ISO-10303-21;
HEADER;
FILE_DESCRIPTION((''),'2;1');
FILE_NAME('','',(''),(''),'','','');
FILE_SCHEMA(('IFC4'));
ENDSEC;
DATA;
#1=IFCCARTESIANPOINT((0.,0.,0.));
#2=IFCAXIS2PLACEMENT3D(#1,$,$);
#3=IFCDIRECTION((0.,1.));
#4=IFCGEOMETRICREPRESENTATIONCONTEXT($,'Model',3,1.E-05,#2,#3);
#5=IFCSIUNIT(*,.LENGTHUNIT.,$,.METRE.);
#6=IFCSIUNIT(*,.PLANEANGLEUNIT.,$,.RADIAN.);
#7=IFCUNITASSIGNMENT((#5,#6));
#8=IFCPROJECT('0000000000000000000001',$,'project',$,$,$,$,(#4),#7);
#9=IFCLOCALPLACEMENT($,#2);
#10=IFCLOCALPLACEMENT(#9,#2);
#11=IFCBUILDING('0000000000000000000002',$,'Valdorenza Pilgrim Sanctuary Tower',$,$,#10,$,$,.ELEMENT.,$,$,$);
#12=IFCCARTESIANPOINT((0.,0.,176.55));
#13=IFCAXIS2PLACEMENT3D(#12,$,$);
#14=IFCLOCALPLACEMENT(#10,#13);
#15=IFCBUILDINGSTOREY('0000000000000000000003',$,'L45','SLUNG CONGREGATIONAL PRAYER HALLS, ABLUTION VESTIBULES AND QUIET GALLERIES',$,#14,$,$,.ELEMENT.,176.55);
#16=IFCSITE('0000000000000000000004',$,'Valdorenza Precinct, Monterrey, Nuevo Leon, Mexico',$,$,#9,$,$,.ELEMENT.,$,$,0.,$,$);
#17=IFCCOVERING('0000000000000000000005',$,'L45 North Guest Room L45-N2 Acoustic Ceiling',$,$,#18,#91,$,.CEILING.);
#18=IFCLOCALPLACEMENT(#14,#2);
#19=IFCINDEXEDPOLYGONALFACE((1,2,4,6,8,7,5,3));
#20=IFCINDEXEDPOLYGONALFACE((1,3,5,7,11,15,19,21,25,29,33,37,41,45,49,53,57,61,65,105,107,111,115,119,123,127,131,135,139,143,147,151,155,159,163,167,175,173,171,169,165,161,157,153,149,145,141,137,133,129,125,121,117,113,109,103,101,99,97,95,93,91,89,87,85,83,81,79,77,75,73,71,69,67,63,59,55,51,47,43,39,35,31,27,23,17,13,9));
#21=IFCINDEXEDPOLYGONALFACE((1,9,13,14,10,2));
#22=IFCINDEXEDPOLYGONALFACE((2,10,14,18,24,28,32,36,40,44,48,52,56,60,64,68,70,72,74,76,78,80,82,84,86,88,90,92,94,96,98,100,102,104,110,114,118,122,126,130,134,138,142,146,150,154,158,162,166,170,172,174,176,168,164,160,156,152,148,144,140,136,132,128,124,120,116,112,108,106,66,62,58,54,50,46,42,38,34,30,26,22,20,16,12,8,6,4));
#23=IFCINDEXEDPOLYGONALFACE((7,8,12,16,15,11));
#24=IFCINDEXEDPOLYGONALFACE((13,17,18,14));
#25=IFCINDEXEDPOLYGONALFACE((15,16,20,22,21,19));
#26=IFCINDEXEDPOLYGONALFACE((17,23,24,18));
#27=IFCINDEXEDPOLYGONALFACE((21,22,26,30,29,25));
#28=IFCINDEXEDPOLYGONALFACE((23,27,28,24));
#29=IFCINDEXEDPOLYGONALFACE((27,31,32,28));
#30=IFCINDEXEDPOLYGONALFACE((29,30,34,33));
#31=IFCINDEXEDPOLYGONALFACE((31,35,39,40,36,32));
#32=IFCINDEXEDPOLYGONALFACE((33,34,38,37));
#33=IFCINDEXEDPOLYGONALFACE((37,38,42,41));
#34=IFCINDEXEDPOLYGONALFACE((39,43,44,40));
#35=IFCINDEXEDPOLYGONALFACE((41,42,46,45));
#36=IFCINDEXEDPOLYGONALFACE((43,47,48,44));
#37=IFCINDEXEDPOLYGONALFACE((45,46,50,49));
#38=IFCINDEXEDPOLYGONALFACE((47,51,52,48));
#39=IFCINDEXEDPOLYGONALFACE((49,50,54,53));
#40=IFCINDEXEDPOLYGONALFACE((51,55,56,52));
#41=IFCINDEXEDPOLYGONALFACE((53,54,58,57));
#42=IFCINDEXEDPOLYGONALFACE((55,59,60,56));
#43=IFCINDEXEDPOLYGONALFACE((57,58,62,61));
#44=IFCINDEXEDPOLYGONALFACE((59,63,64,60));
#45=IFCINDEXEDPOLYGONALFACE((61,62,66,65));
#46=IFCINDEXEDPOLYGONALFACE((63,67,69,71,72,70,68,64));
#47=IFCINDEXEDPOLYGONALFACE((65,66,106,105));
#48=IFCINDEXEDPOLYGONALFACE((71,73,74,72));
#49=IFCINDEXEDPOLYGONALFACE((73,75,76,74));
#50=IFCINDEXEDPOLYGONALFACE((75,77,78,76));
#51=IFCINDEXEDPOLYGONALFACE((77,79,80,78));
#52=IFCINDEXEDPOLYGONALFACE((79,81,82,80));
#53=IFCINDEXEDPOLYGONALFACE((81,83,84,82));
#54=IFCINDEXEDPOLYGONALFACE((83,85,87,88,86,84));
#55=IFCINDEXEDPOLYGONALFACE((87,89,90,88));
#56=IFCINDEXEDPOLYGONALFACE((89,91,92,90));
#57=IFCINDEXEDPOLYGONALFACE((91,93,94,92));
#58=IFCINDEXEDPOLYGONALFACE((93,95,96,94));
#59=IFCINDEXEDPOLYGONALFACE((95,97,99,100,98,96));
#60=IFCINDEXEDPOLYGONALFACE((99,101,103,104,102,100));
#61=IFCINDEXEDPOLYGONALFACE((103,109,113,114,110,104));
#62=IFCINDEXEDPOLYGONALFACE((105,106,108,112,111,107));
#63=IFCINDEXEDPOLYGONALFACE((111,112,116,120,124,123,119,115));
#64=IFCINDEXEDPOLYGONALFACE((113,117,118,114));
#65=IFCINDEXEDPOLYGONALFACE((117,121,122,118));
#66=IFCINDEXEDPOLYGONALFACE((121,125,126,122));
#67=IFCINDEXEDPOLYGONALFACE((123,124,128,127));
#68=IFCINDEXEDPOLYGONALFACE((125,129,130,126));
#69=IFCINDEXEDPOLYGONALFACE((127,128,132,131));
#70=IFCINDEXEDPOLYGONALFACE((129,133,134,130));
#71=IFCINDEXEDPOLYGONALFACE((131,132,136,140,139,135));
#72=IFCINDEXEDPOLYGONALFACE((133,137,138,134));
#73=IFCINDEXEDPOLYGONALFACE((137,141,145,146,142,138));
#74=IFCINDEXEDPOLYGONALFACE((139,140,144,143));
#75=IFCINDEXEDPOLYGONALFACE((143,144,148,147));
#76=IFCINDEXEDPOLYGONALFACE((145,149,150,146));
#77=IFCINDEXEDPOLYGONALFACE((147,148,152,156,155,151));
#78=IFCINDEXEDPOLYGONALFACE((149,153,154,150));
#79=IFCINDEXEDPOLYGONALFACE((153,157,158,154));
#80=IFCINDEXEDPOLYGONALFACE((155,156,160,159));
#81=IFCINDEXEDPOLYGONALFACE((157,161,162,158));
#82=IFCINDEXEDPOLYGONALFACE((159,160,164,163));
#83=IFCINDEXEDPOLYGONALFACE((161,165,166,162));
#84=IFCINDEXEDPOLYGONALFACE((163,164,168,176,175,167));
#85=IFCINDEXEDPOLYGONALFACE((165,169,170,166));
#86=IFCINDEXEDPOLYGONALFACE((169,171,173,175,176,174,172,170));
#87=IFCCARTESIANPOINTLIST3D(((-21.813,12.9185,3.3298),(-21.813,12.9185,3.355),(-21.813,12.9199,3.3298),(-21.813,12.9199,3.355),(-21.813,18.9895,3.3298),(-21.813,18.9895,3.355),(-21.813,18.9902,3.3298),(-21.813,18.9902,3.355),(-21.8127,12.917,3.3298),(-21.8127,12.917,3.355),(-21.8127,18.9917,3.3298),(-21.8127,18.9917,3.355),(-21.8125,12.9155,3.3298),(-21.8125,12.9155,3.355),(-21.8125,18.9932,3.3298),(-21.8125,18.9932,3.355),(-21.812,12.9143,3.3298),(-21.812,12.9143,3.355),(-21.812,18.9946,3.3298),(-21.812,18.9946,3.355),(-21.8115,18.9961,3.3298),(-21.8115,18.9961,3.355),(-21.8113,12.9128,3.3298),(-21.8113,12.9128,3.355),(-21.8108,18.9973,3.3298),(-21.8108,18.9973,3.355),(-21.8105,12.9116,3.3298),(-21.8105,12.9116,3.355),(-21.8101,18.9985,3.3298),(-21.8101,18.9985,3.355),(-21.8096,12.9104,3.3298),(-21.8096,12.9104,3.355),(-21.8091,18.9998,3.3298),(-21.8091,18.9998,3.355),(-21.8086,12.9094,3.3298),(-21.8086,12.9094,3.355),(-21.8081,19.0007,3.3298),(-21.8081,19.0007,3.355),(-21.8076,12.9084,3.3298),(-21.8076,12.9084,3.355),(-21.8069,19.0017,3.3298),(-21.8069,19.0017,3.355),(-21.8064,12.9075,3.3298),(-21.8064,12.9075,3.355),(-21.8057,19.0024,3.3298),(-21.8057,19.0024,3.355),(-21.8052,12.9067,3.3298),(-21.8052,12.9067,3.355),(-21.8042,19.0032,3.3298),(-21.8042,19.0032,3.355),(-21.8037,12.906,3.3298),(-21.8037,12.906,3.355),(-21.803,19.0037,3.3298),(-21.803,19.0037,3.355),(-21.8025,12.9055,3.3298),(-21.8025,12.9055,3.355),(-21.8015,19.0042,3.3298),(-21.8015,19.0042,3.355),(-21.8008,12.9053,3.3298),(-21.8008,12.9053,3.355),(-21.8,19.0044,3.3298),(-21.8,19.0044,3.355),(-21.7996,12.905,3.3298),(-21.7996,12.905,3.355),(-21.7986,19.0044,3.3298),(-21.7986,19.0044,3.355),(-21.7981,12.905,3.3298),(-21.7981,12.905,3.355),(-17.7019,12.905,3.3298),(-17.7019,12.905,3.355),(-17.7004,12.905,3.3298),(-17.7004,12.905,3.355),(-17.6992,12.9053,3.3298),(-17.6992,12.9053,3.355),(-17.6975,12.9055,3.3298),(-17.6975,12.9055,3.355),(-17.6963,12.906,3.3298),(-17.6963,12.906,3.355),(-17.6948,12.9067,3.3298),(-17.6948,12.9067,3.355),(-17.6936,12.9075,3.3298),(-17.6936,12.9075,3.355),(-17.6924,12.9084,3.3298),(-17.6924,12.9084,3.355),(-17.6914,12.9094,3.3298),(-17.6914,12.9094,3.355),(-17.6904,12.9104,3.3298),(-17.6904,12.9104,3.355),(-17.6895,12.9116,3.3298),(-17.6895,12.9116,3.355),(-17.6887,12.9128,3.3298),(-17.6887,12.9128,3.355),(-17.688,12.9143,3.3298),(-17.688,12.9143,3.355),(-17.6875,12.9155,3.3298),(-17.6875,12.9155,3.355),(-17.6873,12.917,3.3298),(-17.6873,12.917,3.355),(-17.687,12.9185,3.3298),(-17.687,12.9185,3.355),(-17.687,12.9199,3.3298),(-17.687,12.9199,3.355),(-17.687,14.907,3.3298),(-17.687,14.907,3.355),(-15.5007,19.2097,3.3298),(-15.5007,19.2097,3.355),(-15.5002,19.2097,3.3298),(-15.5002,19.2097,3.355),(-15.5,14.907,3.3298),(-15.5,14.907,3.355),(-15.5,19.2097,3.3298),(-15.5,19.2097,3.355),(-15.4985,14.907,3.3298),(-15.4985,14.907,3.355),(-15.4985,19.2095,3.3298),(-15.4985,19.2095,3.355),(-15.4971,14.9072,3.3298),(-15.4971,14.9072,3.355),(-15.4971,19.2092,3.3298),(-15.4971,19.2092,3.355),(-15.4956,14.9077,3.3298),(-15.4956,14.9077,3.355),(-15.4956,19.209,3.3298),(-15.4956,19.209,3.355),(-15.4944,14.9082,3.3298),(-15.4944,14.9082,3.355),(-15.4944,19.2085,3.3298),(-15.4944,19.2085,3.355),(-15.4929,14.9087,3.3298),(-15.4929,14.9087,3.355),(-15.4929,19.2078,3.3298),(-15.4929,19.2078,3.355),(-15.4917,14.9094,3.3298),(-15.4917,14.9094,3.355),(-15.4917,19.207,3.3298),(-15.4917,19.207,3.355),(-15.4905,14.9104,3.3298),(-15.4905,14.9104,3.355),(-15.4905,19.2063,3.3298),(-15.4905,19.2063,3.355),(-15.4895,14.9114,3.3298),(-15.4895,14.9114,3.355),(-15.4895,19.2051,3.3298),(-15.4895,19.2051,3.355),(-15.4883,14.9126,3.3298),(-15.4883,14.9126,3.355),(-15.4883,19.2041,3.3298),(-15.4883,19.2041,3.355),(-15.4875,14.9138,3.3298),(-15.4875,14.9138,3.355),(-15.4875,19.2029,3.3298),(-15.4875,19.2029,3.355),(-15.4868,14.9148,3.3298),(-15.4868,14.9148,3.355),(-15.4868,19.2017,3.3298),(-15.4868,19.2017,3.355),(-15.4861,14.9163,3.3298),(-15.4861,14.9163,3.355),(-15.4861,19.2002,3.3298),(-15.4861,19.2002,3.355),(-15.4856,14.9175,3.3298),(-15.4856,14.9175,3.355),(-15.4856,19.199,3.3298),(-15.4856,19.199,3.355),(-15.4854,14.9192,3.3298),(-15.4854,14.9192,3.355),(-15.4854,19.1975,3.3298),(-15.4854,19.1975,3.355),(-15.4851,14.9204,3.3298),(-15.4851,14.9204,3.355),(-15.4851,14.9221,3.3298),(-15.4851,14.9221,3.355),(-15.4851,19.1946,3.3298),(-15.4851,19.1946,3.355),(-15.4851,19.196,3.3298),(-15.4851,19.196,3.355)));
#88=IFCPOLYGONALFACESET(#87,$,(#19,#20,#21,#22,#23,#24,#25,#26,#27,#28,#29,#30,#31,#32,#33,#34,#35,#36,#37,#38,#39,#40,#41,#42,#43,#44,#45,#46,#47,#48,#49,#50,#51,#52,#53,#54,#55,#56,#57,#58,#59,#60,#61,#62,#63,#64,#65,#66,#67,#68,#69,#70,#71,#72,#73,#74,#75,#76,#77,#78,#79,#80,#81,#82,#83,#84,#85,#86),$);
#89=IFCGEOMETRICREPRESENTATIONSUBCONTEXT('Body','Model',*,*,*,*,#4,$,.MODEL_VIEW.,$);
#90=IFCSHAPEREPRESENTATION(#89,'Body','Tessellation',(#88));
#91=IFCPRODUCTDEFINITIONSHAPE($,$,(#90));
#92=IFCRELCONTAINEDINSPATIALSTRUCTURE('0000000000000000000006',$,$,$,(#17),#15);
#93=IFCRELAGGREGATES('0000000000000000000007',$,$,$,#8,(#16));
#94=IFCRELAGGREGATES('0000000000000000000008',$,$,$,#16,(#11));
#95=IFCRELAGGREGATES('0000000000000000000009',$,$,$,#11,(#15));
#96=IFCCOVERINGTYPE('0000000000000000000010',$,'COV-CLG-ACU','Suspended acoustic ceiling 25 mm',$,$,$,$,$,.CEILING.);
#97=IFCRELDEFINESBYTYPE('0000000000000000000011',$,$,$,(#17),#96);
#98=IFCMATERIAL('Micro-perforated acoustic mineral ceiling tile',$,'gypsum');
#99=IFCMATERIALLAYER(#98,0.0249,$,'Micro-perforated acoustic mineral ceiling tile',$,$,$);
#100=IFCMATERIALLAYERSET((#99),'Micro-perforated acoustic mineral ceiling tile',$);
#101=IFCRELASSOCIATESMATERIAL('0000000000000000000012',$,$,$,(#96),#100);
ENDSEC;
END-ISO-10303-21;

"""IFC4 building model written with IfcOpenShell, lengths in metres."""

from ifc_helpers import new_model, si_unit, direction, frame, origin, place, context, subcontext, project, spatial, polyline, outline, extrude, material, layer, layer_set, type_object, element, save


model = new_model("IFC4")

# Units and contexts
model_context = context("Model", 3, precision=1e-05, world=origin(), true_north=direction((0.0, 1.0)))
body_context = subcontext(model_context, "Body", "Model", "MODEL_VIEW")
ifc_project = project(units=[si_unit("LENGTHUNIT", "METRE"), si_unit("PLANEANGLEUNIT", "RADIAN")], contexts=[model_context])

# Site, building, storey
site_placement = place(None, origin())
site = spatial("IfcSite", under=ifc_project, at=site_placement, Name="Valdorenza Precinct, Monterrey, Nuevo Leon, Mexico", CompositionType="ELEMENT", RefElevation=0.0)
building_placement = place(site_placement, origin())
building = spatial("IfcBuilding", under=site, at=building_placement, Name="Valdorenza Pilgrim Sanctuary Tower", CompositionType="ELEMENT")
storey_placement = place(building_placement, frame((0.0, 0.0, 176.55)))
storey = spatial("IfcBuildingStorey", under=building, at=storey_placement, Name="L45", Description="SLUNG CONGREGATIONAL PRAYER HALLS, ABLUTION VESTIBULES AND QUIET GALLERIES", CompositionType="ELEMENT", Elevation=176.55)

# Covering
ifc_material_1 = material(Name="Micro-perforated acoustic mineral ceiling tile", Category="gypsum")
ifc_layer_1 = layer(ifc_material_1, 0.0249, Name="Micro-perforated acoustic mineral ceiling tile")
ifc_layer_set_1 = layer_set([ifc_layer_1], Name="Micro-perforated acoustic mineral ceiling tile")
covering_type_1 = type_object("IfcCoveringType", Name="COV-CLG-ACU", Description="Suspended acoustic ceiling 25 mm", PredefinedType="CEILING", material=ifc_layer_set_1)
covering_1_placement = place(storey_placement, frame((0.0, 0.0, 3.3298)))
element("IfcCovering", 1, at=covering_1_placement, inside=storey, type_object=covering_type_1, Name="L45 North Guest Room L45-N2 Acoustic Ceiling", PredefinedType="CEILING", context=body_context, shape_type="SweptSolid", body=[
    extrude(outline(polyline([(-21.813, 18.9895), (-21.813, 18.9902), (-21.8127, 18.9917), (-21.8125, 18.9932), (-21.812, 18.9946), (-21.8115, 18.9961), (-21.8108, 18.9973), (-21.8101, 18.9985), (-21.8091, 18.9998), (-21.8081, 19.0007), (-21.8069, 19.0017), (-21.8057, 19.0024), (-21.8042, 19.0032), (-21.803, 19.0037), (-21.8015, 19.0042), (-21.8, 19.0044), (-21.7986, 19.0044), (-15.5007, 19.2097), (-15.5002, 19.2097), (-15.5, 19.2097), (-15.4985, 19.2095), (-15.4971, 19.2092), (-15.4956, 19.209), (-15.4944, 19.2085), (-15.4929, 19.2078), (-15.4917, 19.207), (-15.4905, 19.2063), (-15.4895, 19.2051), (-15.4883, 19.2041), (-15.4875, 19.2029), (-15.4868, 19.2017), (-15.4861, 19.2002), (-15.4856, 19.199), (-15.4854, 19.1975), (-15.4851, 19.196), (-15.4851, 19.1946), (-15.4851, 14.9221), (-15.4851, 14.9204), (-15.4854, 14.9192), (-15.4856, 14.9175), (-15.4861, 14.9163), (-15.4868, 14.9148), (-15.4875, 14.9138), (-15.4883, 14.9126), (-15.4895, 14.9114), (-15.4905, 14.9104), (-15.4917, 14.9094), (-15.4929, 14.9087), (-15.4944, 14.9082), (-15.4956, 14.9077), (-15.4971, 14.9072), (-15.4985, 14.907), (-15.5, 14.907), (-17.687, 14.907), (-17.687, 12.9199), (-17.687, 12.9185), (-17.6873, 12.917), (-17.6875, 12.9155), (-17.688, 12.9143), (-17.6887, 12.9128), (-17.6895, 12.9116), (-17.6904, 12.9104), (-17.6914, 12.9094), (-17.6924, 12.9084), (-17.6936, 12.9075), (-17.6948, 12.9067), (-17.6963, 12.906), (-17.6975, 12.9055), (-17.6992, 12.9053), (-17.7004, 12.905), (-17.7019, 12.905), (-21.7981, 12.905), (-21.7996, 12.905), (-21.8008, 12.9053), (-21.8025, 12.9055), (-21.8037, 12.906), (-21.8052, 12.9067), (-21.8064, 12.9075), (-21.8076, 12.9084), (-21.8086, 12.9094), (-21.8096, 12.9104), (-21.8105, 12.9116), (-21.8113, 12.9128), (-21.812, 12.9143), (-21.8125, 12.9155), (-21.8127, 12.917), (-21.813, 12.9185), (-21.813, 12.9199), (-21.813, 18.9895), (-21.813, 18.9895)])), origin(), (0.0, 0.0, 1.0), 0.0251),
])

save(model, "model.ifc")
